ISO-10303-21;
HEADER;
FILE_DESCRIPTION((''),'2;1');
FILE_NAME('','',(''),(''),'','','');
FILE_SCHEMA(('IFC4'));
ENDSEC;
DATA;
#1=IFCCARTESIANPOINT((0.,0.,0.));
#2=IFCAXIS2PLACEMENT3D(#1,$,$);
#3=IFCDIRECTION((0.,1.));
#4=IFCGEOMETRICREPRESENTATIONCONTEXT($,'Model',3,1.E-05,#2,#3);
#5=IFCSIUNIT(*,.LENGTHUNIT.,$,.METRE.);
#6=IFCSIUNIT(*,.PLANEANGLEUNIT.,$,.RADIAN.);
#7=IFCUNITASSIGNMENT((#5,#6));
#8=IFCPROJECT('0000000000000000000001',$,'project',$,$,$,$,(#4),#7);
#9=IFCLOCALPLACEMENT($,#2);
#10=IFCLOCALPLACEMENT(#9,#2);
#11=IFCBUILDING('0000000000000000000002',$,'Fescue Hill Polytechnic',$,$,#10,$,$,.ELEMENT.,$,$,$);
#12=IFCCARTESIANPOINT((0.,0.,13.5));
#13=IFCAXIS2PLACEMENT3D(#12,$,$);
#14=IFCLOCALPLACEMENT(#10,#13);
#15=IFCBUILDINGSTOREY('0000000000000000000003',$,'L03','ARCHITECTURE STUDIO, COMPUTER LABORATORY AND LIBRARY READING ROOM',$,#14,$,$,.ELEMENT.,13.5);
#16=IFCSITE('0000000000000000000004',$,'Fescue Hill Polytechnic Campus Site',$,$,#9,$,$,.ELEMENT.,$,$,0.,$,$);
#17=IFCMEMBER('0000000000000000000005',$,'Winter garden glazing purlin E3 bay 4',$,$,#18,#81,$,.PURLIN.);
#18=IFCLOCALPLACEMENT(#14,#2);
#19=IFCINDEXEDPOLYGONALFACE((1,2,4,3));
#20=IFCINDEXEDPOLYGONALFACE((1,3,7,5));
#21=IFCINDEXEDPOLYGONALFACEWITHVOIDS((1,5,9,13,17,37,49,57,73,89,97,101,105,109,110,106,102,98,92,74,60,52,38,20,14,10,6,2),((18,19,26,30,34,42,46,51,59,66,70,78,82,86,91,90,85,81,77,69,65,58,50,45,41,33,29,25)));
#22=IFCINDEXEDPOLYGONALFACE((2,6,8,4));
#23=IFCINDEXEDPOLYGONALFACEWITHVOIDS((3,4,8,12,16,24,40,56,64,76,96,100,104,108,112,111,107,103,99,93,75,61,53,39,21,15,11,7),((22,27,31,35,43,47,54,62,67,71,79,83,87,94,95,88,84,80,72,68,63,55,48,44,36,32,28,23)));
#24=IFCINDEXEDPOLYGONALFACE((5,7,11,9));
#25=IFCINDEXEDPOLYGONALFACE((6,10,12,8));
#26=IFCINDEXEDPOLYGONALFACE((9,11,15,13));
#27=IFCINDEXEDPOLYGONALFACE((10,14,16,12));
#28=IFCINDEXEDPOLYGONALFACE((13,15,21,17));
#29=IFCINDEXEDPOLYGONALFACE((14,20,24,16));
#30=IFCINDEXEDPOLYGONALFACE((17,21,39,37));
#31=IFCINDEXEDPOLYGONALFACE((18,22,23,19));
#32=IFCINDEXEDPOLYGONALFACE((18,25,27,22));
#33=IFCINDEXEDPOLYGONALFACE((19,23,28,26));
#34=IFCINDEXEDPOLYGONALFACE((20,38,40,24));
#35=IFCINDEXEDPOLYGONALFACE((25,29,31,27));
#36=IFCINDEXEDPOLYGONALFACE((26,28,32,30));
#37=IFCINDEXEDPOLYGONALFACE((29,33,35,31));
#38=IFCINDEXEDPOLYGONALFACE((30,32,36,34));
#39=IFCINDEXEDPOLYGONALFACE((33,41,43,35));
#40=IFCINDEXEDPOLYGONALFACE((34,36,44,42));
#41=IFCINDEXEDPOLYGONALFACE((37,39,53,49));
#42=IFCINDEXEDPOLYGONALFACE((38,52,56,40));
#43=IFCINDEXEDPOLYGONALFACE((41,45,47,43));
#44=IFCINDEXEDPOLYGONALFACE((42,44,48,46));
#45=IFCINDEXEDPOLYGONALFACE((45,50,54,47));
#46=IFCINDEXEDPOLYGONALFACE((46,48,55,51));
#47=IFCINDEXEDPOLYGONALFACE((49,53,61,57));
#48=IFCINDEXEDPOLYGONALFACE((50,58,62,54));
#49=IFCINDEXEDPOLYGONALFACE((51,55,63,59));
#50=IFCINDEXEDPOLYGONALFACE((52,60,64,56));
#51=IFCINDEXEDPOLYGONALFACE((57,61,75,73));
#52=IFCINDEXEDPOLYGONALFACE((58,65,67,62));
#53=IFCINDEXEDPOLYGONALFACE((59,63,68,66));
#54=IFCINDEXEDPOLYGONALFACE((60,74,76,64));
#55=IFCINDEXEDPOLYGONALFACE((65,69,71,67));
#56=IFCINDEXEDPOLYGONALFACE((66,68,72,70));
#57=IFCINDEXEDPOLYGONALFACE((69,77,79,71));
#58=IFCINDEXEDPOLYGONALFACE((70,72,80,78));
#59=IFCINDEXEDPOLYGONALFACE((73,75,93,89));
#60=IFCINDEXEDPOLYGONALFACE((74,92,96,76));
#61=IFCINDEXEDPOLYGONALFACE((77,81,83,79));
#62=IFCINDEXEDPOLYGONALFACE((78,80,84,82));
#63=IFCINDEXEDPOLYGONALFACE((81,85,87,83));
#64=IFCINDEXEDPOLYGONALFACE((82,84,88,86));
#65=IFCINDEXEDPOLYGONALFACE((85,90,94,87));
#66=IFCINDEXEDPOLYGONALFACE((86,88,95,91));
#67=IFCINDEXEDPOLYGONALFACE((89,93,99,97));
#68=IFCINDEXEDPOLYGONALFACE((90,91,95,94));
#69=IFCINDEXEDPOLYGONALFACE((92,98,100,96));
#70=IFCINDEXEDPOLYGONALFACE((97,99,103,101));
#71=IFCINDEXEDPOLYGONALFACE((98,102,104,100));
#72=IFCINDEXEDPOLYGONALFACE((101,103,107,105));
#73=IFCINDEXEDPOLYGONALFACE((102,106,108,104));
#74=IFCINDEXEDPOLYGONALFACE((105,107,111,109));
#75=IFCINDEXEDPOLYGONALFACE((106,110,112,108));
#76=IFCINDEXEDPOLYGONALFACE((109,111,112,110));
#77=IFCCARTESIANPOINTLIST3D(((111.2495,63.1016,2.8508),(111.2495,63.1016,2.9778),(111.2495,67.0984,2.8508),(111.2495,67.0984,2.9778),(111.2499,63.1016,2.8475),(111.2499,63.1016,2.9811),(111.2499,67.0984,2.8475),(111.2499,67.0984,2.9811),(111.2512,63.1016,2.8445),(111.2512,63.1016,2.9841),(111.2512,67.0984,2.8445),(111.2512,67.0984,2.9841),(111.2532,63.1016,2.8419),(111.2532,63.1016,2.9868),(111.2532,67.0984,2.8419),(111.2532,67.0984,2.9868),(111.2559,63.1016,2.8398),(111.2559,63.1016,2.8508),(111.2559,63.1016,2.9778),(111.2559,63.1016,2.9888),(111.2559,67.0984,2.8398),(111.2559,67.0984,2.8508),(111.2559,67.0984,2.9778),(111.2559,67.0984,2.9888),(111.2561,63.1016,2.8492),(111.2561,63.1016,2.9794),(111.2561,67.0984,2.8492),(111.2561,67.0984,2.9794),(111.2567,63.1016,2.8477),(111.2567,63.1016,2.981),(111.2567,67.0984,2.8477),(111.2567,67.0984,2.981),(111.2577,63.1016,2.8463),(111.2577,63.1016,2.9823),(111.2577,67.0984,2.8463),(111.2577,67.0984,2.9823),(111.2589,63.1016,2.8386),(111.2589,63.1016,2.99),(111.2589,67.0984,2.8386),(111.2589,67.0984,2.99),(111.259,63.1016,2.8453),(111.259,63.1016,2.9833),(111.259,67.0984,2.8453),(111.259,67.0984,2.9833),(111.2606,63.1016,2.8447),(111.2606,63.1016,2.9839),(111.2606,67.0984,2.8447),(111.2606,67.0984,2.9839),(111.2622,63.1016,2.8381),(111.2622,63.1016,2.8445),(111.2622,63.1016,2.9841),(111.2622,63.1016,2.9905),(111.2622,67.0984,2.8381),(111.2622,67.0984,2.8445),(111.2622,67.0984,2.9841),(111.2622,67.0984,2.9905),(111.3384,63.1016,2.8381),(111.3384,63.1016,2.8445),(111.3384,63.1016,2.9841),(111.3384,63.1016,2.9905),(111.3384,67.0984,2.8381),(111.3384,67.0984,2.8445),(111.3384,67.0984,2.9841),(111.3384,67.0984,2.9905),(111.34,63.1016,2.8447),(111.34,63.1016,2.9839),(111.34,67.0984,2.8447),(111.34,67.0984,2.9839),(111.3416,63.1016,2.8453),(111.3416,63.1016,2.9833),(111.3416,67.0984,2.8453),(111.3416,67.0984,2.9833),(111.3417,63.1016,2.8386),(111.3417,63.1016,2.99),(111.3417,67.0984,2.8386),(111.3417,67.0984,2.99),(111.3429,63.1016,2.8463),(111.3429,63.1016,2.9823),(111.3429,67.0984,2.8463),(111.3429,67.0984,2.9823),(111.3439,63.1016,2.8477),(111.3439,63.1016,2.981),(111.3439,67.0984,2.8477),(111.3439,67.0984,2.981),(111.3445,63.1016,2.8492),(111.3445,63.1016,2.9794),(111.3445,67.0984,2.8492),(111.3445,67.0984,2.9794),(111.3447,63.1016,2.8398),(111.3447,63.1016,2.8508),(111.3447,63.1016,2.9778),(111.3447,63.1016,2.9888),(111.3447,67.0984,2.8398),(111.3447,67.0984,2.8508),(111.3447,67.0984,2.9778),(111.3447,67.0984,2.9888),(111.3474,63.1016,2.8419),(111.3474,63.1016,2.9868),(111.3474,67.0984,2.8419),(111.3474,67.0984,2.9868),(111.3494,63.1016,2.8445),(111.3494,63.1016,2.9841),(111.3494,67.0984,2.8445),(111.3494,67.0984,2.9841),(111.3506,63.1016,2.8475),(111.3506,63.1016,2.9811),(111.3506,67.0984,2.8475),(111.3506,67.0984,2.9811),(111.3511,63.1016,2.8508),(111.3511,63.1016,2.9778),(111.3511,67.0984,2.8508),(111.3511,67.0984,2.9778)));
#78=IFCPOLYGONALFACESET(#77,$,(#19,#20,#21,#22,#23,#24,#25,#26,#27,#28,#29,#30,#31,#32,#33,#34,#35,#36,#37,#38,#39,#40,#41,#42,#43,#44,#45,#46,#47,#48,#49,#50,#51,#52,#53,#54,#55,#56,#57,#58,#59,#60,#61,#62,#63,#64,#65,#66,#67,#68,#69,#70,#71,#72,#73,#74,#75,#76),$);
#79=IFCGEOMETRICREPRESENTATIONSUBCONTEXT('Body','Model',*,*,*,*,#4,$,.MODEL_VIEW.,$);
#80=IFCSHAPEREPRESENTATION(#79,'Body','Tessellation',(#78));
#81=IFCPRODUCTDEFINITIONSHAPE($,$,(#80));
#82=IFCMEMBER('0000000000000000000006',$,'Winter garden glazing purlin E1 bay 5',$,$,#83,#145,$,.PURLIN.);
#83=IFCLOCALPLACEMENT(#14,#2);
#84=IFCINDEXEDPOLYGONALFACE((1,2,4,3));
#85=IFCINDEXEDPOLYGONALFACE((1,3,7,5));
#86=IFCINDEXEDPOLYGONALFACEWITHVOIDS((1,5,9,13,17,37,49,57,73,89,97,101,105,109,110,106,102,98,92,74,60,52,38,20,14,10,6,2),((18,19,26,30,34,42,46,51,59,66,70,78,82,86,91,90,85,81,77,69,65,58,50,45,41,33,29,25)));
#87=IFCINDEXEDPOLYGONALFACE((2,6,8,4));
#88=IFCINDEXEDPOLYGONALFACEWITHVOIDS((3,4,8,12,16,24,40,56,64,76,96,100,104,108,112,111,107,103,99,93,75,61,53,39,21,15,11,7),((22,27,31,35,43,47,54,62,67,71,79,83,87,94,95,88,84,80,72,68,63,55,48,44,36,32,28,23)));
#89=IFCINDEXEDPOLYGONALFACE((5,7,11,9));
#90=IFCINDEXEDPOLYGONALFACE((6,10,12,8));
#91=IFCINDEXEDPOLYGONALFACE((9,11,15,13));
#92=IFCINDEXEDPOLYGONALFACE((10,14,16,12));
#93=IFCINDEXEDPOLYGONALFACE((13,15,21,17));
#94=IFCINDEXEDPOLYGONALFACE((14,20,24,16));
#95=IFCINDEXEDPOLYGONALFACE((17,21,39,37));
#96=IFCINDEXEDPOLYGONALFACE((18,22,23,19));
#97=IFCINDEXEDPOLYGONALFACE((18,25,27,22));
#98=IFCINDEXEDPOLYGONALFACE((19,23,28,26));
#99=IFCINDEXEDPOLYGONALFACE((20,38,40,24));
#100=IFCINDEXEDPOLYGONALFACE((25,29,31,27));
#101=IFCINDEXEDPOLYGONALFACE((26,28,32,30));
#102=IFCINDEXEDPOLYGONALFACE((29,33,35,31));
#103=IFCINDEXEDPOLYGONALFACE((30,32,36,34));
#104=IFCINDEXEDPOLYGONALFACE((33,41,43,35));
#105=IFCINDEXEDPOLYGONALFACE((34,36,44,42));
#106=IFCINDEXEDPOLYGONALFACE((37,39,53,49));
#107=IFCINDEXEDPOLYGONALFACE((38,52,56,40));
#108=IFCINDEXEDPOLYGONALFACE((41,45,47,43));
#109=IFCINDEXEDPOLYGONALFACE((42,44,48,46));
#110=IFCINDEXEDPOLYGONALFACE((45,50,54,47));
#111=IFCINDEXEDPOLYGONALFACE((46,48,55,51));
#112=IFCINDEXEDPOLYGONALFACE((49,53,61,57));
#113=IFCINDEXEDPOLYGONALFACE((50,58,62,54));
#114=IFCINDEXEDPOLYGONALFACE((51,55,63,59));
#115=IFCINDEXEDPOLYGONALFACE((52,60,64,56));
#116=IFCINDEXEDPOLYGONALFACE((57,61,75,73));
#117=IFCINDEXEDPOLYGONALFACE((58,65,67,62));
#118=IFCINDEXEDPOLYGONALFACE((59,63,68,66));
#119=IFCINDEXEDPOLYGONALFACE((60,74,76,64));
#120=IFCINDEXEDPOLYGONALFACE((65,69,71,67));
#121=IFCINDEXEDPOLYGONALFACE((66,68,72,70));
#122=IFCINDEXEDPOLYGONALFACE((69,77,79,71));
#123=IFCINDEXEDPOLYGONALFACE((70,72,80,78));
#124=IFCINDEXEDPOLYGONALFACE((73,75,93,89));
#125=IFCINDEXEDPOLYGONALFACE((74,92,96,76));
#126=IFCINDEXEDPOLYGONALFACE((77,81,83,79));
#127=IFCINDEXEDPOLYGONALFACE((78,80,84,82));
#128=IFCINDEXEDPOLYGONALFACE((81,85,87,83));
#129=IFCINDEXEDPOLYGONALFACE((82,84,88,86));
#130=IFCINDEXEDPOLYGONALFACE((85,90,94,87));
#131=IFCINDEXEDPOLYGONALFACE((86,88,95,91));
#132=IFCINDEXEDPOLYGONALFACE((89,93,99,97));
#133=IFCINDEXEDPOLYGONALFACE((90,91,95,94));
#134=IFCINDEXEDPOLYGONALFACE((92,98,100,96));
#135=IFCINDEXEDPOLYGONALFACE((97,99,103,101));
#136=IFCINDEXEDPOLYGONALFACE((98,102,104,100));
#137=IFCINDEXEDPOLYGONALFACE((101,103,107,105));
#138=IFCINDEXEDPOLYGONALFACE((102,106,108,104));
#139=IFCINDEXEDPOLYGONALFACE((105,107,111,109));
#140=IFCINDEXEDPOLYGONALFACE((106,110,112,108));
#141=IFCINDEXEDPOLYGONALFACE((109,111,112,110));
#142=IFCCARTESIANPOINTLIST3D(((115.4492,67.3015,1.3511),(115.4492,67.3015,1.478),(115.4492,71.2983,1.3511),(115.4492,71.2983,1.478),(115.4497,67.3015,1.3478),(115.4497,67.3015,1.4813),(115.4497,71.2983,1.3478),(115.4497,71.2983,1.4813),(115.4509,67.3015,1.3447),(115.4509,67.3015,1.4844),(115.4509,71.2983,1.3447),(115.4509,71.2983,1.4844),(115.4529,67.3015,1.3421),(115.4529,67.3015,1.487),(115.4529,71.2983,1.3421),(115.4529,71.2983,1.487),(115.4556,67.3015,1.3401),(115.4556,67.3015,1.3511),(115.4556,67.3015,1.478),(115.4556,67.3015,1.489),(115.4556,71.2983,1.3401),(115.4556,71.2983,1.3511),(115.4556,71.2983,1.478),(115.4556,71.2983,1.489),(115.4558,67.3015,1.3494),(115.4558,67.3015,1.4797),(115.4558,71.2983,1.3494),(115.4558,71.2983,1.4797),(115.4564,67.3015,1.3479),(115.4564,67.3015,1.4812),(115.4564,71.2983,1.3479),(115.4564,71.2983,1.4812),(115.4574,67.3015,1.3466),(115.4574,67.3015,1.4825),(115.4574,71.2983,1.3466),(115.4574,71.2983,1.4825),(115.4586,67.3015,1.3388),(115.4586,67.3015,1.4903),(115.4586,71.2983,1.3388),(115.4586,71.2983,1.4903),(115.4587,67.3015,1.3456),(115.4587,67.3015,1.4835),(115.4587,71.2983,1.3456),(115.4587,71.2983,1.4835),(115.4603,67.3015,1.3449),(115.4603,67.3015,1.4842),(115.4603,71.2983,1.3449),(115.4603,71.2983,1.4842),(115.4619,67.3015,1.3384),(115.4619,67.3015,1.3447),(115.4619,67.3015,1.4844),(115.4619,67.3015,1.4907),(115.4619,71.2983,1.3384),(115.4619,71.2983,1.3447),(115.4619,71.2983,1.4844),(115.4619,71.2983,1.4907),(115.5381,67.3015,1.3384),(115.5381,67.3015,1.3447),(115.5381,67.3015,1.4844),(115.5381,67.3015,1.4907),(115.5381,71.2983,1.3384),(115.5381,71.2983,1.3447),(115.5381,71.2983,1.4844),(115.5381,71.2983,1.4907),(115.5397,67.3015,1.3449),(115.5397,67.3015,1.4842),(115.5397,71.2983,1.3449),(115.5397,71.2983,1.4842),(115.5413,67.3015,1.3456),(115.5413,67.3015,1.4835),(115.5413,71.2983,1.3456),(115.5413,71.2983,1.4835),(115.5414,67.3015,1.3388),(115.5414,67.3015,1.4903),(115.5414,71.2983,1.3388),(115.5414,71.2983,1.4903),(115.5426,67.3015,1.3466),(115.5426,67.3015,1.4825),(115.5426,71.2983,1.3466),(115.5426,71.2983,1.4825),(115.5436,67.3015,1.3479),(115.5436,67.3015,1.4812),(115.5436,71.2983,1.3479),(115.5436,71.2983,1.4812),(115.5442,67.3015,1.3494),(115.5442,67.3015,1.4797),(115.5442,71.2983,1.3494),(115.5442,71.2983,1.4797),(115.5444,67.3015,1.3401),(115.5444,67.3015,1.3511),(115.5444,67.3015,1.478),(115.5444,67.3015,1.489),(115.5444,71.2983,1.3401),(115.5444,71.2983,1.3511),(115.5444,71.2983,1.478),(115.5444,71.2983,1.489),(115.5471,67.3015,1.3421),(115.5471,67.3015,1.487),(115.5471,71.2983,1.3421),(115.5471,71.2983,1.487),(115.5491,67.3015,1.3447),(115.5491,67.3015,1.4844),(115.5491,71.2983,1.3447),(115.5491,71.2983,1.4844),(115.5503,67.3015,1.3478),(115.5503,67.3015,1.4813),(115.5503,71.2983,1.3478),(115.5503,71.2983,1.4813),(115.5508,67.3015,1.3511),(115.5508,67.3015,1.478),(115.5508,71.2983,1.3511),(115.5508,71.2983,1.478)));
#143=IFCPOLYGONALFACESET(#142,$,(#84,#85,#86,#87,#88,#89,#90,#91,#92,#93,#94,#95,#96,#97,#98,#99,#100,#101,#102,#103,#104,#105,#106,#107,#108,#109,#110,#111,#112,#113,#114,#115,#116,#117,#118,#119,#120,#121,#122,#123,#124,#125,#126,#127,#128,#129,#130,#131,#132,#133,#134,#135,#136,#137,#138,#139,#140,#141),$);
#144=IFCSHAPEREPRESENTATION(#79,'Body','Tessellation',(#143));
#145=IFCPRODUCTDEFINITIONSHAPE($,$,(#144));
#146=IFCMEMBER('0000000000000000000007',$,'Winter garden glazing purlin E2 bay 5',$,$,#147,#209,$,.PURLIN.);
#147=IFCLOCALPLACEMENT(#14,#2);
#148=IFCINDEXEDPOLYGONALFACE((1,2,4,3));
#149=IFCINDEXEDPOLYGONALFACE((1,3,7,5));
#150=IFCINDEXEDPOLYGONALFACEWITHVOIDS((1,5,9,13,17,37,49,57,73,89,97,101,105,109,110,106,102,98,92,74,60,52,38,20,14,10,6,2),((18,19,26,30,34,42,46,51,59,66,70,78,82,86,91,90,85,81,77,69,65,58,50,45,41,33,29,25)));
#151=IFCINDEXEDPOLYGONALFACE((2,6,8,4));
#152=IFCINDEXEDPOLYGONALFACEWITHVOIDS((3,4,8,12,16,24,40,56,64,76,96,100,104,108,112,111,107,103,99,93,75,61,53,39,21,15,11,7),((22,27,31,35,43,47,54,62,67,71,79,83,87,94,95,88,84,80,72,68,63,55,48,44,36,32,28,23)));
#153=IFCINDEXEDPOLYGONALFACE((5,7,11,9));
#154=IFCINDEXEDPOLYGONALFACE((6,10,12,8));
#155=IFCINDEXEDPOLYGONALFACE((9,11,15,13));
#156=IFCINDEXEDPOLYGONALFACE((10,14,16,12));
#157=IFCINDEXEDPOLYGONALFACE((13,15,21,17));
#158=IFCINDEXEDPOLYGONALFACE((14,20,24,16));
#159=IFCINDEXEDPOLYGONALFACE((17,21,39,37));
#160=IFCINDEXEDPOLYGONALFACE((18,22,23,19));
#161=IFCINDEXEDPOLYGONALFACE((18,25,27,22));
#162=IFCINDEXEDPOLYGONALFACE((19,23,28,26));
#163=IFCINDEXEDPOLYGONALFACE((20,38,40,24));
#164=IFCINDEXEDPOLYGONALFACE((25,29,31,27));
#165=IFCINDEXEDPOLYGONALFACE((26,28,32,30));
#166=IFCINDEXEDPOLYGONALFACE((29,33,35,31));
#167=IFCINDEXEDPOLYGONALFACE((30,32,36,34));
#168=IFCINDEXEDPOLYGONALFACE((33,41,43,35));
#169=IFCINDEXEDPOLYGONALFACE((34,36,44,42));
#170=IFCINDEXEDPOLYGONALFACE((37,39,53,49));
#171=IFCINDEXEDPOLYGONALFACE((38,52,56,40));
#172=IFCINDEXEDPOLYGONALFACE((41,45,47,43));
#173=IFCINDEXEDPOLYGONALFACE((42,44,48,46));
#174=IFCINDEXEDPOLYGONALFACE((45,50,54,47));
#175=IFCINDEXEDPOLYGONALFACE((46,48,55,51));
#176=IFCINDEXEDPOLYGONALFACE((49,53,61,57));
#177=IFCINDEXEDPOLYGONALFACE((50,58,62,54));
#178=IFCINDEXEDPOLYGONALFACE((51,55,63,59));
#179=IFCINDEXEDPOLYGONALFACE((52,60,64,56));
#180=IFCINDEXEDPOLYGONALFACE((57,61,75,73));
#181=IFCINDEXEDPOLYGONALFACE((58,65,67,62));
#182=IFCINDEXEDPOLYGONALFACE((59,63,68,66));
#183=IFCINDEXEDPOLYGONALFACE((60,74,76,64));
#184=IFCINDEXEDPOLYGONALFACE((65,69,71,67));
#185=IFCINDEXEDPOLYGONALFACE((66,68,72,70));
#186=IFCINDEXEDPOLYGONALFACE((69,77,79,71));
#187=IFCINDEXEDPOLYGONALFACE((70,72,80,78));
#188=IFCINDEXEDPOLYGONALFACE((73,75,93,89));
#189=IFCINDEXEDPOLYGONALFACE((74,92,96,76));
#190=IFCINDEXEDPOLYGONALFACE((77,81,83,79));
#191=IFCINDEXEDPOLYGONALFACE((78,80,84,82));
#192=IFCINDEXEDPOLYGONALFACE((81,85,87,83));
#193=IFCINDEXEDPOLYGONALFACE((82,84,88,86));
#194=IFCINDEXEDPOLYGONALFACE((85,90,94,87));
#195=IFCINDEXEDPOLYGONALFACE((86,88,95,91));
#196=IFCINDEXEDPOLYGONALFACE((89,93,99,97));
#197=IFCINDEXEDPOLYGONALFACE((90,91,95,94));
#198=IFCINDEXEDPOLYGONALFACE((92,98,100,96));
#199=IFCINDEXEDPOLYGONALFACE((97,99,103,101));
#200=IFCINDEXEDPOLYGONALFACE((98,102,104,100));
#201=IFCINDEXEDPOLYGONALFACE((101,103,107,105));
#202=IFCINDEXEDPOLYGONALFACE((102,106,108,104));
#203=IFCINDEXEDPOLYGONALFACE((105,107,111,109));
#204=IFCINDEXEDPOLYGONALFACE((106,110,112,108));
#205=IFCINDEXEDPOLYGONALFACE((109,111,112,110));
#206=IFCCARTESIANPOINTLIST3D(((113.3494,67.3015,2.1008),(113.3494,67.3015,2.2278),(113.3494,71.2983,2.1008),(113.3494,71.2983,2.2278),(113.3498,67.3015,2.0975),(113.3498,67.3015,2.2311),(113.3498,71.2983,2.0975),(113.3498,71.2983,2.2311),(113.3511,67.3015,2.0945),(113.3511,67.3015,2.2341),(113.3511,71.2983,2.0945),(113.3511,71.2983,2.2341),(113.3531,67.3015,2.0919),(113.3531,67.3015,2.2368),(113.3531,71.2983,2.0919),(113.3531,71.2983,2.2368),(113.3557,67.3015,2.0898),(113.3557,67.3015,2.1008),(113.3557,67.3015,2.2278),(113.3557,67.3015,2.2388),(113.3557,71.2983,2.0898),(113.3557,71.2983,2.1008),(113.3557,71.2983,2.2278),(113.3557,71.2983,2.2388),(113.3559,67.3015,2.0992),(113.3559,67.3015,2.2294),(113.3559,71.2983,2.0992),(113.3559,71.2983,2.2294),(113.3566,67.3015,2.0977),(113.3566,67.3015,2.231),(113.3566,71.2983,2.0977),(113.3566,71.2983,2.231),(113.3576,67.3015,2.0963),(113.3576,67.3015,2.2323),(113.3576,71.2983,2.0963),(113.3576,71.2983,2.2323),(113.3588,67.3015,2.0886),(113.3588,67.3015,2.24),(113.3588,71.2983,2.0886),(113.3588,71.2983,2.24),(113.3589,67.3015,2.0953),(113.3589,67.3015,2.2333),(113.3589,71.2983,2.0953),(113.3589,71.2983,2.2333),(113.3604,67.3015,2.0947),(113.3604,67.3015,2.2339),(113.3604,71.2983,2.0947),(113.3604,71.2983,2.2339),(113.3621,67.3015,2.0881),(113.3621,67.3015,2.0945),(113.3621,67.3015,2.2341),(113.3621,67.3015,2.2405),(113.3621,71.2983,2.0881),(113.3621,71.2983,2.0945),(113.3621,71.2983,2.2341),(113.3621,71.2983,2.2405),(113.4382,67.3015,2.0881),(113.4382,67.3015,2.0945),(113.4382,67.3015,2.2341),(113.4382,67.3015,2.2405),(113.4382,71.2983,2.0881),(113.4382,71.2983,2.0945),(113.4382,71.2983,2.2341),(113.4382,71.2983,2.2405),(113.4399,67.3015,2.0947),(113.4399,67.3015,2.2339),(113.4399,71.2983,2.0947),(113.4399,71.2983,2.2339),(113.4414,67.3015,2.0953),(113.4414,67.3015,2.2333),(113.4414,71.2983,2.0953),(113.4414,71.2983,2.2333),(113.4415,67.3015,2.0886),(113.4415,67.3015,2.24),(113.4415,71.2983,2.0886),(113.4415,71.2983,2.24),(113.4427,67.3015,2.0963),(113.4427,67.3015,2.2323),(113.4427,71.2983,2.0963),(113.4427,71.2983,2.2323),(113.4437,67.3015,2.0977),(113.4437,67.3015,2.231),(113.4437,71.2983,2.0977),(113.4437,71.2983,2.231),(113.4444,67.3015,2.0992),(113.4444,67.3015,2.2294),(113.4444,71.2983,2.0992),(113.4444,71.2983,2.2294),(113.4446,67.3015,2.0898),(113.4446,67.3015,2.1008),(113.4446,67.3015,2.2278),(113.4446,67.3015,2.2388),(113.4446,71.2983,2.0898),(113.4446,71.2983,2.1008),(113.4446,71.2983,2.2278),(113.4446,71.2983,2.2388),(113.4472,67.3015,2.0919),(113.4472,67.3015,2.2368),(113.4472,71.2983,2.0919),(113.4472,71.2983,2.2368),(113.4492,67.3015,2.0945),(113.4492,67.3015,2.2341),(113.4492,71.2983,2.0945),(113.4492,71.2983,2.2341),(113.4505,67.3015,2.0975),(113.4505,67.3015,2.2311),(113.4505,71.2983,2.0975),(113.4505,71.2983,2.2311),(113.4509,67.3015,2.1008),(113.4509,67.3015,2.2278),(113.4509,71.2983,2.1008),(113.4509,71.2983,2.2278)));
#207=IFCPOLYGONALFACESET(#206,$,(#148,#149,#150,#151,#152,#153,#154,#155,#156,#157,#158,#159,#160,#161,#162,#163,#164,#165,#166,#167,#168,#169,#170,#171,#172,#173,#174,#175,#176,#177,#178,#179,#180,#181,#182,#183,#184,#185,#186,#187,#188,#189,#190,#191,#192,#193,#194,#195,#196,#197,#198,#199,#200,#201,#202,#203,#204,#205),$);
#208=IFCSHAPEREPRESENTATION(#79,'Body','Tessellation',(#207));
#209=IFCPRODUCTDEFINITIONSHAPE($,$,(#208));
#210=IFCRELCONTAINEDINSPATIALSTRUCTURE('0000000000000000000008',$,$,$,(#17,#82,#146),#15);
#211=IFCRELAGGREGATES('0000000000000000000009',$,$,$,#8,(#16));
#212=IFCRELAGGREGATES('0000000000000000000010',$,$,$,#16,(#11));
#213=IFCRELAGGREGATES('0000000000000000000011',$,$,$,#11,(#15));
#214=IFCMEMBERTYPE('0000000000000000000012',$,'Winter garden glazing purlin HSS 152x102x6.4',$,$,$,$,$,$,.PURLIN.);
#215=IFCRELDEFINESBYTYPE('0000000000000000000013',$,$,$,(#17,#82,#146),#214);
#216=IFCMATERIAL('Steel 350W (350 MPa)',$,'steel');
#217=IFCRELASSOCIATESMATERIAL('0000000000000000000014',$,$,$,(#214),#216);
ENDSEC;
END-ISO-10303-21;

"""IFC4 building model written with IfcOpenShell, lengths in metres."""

from ifc_helpers import new_model, si_unit, direction, frame, origin, origin_2d, place, context, subcontext, project, spatial, hollow_rectangle, extrude, material, material_profile, profile_set, type_object, element, save


model = new_model("IFC4")

# Units and contexts
model_context = context("Model", 3, precision=1e-05, world=origin(), true_north=direction((0.0, 1.0)))
body_context = subcontext(model_context, "Body", "Model", "MODEL_VIEW")
ifc_project = project(units=[si_unit("LENGTHUNIT", "METRE"), si_unit("PLANEANGLEUNIT", "RADIAN")], contexts=[model_context])

# Site, building, storey
site_placement = place(None, origin())
site = spatial("IfcSite", under=ifc_project, at=site_placement, Name="Fescue Hill Polytechnic Campus Site", CompositionType="ELEMENT", RefElevation=0.0)
building_placement = place(site_placement, origin())
building = spatial("IfcBuilding", under=site, at=building_placement, Name="Fescue Hill Polytechnic", CompositionType="ELEMENT")
storey_placement = place(building_placement, frame((0.0, 0.0, 13.5)))
storey = spatial("IfcBuildingStorey", under=building, at=storey_placement, Name="L03", Description="ARCHITECTURE STUDIO, COMPUTER LABORATORY AND LIBRARY READING ROOM", CompositionType="ELEMENT", Elevation=13.5)

# Members
ifc_material_1 = material(Name="Steel 350W (350 MPa)", Category="steel")
ifc_material_profile_1 = material_profile(ifc_material_1, hollow_rectangle(XDim=0.1016, YDim=0.1523, WallThickness=0.0063, InnerFilletRadius=0.0063, OuterFilletRadius=0.0127, at=origin_2d()), Name="Winter garden glazing purlin HSS 152x102x6.4")
ifc_profile_set_1 = profile_set([ifc_material_profile_1], Name="Steel 350W (350 MPa)")
member_type_1 = type_object("IfcMemberType", Name="Winter garden glazing purlin HSS 152x102x6.4", PredefinedType="PURLIN", material=ifc_profile_set_1)
for number, where, z_axis, x_axis, name in (
    (1, (111.3003, 63.1016, 2.9143), (0.0, 1.0, 0.0), (-1.0, 0.0, 0.0), "Winter garden glazing purlin E3 bay 4"),
    (2, (115.5, 67.3015, 1.4146), (0.0, 1.0, 0.0), (-1.0, 0.0, 0.0), "Winter garden glazing purlin E1 bay 5"),
    (3, (113.4001, 67.3015, 2.1643), (0.0, 1.0, 0.0), (-1.0, 0.0, 0.0), "Winter garden glazing purlin E2 bay 5"),
):
    element("IfcMember", number, at=place(storey_placement, frame(where, z_axis=z_axis, x_axis=x_axis)), inside=storey, type_object=member_type_1, Name=name, PredefinedType="PURLIN", context=body_context, shape_type="SweptSolid", body=[
        extrude(hollow_rectangle(XDim=0.1016, YDim=0.1523, WallThickness=0.0063, InnerFilletRadius=0.0063, OuterFilletRadius=0.0127, at=origin_2d()), origin(), (0.0, 0.0, 1.0), 3.9968),
    ])

save(model, "model.ifc")
